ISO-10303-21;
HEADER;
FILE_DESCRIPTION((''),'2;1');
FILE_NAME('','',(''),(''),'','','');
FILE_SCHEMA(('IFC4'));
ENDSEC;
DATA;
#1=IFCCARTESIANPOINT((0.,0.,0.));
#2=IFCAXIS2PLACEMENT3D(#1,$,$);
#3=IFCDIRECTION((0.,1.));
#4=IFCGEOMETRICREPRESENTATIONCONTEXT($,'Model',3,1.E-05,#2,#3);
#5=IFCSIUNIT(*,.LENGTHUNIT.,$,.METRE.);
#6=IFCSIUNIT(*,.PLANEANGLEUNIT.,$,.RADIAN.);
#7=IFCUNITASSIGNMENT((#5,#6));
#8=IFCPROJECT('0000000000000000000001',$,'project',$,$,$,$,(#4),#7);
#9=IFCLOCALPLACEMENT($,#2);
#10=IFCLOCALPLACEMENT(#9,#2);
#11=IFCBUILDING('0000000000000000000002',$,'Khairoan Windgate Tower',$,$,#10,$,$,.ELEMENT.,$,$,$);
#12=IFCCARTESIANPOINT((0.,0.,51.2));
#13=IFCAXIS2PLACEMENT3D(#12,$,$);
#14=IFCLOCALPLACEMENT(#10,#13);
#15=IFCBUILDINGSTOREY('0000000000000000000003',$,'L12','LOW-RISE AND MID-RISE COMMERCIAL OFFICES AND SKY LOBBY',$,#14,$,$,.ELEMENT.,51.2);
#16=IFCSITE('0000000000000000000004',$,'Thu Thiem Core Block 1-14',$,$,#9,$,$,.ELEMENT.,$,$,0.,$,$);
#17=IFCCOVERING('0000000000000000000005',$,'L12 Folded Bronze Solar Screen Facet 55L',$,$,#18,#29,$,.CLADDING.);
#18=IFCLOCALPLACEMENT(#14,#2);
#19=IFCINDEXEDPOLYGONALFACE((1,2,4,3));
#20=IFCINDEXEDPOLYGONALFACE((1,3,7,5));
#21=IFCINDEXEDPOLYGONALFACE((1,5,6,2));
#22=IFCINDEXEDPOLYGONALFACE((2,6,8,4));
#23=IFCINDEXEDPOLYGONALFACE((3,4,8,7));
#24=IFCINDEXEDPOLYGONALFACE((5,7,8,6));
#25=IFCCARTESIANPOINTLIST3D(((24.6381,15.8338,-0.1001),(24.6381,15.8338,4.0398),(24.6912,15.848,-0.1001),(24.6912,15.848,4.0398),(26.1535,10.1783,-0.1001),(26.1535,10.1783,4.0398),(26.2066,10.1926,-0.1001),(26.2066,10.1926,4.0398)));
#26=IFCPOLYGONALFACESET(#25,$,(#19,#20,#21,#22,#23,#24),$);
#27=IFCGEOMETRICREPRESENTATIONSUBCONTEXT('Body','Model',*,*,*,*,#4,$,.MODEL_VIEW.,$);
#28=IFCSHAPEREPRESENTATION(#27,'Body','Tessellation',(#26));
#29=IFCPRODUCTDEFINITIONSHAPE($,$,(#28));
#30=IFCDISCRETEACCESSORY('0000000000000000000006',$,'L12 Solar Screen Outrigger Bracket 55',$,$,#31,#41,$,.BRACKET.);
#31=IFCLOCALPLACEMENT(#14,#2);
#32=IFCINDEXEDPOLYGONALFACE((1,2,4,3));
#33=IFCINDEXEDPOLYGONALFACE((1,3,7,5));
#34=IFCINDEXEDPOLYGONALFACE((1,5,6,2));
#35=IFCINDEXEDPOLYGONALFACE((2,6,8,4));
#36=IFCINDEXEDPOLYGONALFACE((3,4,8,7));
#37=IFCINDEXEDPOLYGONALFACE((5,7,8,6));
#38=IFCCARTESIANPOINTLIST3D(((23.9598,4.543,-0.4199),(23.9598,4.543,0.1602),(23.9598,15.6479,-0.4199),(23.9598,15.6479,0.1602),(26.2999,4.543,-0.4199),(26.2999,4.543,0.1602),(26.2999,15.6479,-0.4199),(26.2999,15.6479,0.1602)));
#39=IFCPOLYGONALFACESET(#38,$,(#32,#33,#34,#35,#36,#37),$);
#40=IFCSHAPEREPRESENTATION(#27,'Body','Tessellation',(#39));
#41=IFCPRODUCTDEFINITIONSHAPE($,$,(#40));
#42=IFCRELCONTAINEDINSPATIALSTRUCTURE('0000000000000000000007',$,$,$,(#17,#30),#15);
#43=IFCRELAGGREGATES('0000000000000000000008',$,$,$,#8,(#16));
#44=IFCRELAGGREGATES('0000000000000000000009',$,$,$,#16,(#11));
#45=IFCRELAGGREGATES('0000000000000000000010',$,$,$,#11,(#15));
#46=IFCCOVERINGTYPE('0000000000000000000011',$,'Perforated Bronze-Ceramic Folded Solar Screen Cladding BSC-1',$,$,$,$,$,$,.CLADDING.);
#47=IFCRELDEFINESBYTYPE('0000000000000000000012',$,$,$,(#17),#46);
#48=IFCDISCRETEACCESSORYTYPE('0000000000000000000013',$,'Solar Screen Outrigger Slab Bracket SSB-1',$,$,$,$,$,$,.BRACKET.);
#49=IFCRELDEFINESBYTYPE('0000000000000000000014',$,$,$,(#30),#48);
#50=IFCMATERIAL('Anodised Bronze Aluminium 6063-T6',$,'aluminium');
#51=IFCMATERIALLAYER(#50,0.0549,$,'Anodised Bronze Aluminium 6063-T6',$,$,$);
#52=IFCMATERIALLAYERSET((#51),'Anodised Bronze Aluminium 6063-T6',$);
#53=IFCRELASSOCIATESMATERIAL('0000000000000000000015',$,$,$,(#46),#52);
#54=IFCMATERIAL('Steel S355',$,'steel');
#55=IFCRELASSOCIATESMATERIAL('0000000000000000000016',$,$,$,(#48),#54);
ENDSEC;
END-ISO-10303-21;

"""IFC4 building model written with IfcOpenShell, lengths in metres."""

from ifc_helpers import new_model, si_unit, direction, frame, origin, origin_2d, place, context, subcontext, project, spatial, rectangle, extrude, material, layer, layer_set, type_object, element, save


model = new_model("IFC4")

# Units and contexts
model_context = context("Model", 3, precision=1e-05, world=origin(), true_north=direction((0.0, 1.0)))
body_context = subcontext(model_context, "Body", "Model", "MODEL_VIEW")
ifc_project = project(units=[si_unit("LENGTHUNIT", "METRE"), si_unit("PLANEANGLEUNIT", "RADIAN")], contexts=[model_context])

# Site, building, storey
site_placement = place(None, origin())
site = spatial("IfcSite", under=ifc_project, at=site_placement, Name="Thu Thiem Core Block 1-14", CompositionType="ELEMENT", RefElevation=0.0)
building_placement = place(site_placement, origin())
building = spatial("IfcBuilding", under=site, at=building_placement, Name="Khairoan Windgate Tower", CompositionType="ELEMENT")
storey_placement = place(building_placement, frame((0.0, 0.0, 51.2)))
storey = spatial("IfcBuildingStorey", under=building, at=storey_placement, Name="L12", Description="LOW-RISE AND MID-RISE COMMERCIAL OFFICES AND SKY LOBBY", CompositionType="ELEMENT", Elevation=51.2)

# Covering
ifc_material_1 = material(Name="Anodised Bronze Aluminium 6063-T6", Category="aluminium")
ifc_layer_1 = layer(ifc_material_1, 0.0549, Name="Anodised Bronze Aluminium 6063-T6")
ifc_layer_set_1 = layer_set([ifc_layer_1], Name="Anodised Bronze Aluminium 6063-T6")
covering_type = type_object("IfcCoveringType", Name="Perforated Bronze-Ceramic Folded Solar Screen Cladding BSC-1", PredefinedType="CLADDING", material=ifc_layer_set_1)
covering_placement = place(storey_placement, frame((25.4224, 13.0132, -0.1001), z_axis=(0.0, 0.0, 1.0), x_axis=(0.258819, -0.965926, 0.0)))
element("IfcCovering", 1, at=covering_placement, inside=storey, type_object=covering_type, Name="L12 Folded Bronze Solar Screen Facet 55L", PredefinedType="CLADDING", context=body_context, shape_type="SweptSolid", body=[
    extrude(rectangle(XDim=5.855, YDim=0.0549, at=origin_2d()), origin(), (0.0, 0.0, 1.0), 4.1399),
])

# Discrete accessory
ifc_material_2 = material(Name="Steel S355", Category="steel")
discrete_accessory_type = type_object("IfcDiscreteAccessoryType", Name="Solar Screen Outrigger Slab Bracket SSB-1", PredefinedType="BRACKET", material=ifc_material_2)
discrete_accessory_placement = place(storey_placement, frame((25.1299, 10.0955, -0.4199), z_axis=(0.0, 0.0, 1.0), x_axis=(0.0, -1.0, 0.0)))
element("IfcDiscreteAccessory", 2, at=discrete_accessory_placement, inside=storey, type_object=discrete_accessory_type, Name="L12 Solar Screen Outrigger Bracket 55", PredefinedType="BRACKET", context=body_context, shape_type="SweptSolid", body=[
    extrude(rectangle(XDim=11.105, YDim=2.3401, at=origin_2d()), origin(), (0.0, 0.0, 1.0), 0.5801),
])

save(model, "model.ifc")
